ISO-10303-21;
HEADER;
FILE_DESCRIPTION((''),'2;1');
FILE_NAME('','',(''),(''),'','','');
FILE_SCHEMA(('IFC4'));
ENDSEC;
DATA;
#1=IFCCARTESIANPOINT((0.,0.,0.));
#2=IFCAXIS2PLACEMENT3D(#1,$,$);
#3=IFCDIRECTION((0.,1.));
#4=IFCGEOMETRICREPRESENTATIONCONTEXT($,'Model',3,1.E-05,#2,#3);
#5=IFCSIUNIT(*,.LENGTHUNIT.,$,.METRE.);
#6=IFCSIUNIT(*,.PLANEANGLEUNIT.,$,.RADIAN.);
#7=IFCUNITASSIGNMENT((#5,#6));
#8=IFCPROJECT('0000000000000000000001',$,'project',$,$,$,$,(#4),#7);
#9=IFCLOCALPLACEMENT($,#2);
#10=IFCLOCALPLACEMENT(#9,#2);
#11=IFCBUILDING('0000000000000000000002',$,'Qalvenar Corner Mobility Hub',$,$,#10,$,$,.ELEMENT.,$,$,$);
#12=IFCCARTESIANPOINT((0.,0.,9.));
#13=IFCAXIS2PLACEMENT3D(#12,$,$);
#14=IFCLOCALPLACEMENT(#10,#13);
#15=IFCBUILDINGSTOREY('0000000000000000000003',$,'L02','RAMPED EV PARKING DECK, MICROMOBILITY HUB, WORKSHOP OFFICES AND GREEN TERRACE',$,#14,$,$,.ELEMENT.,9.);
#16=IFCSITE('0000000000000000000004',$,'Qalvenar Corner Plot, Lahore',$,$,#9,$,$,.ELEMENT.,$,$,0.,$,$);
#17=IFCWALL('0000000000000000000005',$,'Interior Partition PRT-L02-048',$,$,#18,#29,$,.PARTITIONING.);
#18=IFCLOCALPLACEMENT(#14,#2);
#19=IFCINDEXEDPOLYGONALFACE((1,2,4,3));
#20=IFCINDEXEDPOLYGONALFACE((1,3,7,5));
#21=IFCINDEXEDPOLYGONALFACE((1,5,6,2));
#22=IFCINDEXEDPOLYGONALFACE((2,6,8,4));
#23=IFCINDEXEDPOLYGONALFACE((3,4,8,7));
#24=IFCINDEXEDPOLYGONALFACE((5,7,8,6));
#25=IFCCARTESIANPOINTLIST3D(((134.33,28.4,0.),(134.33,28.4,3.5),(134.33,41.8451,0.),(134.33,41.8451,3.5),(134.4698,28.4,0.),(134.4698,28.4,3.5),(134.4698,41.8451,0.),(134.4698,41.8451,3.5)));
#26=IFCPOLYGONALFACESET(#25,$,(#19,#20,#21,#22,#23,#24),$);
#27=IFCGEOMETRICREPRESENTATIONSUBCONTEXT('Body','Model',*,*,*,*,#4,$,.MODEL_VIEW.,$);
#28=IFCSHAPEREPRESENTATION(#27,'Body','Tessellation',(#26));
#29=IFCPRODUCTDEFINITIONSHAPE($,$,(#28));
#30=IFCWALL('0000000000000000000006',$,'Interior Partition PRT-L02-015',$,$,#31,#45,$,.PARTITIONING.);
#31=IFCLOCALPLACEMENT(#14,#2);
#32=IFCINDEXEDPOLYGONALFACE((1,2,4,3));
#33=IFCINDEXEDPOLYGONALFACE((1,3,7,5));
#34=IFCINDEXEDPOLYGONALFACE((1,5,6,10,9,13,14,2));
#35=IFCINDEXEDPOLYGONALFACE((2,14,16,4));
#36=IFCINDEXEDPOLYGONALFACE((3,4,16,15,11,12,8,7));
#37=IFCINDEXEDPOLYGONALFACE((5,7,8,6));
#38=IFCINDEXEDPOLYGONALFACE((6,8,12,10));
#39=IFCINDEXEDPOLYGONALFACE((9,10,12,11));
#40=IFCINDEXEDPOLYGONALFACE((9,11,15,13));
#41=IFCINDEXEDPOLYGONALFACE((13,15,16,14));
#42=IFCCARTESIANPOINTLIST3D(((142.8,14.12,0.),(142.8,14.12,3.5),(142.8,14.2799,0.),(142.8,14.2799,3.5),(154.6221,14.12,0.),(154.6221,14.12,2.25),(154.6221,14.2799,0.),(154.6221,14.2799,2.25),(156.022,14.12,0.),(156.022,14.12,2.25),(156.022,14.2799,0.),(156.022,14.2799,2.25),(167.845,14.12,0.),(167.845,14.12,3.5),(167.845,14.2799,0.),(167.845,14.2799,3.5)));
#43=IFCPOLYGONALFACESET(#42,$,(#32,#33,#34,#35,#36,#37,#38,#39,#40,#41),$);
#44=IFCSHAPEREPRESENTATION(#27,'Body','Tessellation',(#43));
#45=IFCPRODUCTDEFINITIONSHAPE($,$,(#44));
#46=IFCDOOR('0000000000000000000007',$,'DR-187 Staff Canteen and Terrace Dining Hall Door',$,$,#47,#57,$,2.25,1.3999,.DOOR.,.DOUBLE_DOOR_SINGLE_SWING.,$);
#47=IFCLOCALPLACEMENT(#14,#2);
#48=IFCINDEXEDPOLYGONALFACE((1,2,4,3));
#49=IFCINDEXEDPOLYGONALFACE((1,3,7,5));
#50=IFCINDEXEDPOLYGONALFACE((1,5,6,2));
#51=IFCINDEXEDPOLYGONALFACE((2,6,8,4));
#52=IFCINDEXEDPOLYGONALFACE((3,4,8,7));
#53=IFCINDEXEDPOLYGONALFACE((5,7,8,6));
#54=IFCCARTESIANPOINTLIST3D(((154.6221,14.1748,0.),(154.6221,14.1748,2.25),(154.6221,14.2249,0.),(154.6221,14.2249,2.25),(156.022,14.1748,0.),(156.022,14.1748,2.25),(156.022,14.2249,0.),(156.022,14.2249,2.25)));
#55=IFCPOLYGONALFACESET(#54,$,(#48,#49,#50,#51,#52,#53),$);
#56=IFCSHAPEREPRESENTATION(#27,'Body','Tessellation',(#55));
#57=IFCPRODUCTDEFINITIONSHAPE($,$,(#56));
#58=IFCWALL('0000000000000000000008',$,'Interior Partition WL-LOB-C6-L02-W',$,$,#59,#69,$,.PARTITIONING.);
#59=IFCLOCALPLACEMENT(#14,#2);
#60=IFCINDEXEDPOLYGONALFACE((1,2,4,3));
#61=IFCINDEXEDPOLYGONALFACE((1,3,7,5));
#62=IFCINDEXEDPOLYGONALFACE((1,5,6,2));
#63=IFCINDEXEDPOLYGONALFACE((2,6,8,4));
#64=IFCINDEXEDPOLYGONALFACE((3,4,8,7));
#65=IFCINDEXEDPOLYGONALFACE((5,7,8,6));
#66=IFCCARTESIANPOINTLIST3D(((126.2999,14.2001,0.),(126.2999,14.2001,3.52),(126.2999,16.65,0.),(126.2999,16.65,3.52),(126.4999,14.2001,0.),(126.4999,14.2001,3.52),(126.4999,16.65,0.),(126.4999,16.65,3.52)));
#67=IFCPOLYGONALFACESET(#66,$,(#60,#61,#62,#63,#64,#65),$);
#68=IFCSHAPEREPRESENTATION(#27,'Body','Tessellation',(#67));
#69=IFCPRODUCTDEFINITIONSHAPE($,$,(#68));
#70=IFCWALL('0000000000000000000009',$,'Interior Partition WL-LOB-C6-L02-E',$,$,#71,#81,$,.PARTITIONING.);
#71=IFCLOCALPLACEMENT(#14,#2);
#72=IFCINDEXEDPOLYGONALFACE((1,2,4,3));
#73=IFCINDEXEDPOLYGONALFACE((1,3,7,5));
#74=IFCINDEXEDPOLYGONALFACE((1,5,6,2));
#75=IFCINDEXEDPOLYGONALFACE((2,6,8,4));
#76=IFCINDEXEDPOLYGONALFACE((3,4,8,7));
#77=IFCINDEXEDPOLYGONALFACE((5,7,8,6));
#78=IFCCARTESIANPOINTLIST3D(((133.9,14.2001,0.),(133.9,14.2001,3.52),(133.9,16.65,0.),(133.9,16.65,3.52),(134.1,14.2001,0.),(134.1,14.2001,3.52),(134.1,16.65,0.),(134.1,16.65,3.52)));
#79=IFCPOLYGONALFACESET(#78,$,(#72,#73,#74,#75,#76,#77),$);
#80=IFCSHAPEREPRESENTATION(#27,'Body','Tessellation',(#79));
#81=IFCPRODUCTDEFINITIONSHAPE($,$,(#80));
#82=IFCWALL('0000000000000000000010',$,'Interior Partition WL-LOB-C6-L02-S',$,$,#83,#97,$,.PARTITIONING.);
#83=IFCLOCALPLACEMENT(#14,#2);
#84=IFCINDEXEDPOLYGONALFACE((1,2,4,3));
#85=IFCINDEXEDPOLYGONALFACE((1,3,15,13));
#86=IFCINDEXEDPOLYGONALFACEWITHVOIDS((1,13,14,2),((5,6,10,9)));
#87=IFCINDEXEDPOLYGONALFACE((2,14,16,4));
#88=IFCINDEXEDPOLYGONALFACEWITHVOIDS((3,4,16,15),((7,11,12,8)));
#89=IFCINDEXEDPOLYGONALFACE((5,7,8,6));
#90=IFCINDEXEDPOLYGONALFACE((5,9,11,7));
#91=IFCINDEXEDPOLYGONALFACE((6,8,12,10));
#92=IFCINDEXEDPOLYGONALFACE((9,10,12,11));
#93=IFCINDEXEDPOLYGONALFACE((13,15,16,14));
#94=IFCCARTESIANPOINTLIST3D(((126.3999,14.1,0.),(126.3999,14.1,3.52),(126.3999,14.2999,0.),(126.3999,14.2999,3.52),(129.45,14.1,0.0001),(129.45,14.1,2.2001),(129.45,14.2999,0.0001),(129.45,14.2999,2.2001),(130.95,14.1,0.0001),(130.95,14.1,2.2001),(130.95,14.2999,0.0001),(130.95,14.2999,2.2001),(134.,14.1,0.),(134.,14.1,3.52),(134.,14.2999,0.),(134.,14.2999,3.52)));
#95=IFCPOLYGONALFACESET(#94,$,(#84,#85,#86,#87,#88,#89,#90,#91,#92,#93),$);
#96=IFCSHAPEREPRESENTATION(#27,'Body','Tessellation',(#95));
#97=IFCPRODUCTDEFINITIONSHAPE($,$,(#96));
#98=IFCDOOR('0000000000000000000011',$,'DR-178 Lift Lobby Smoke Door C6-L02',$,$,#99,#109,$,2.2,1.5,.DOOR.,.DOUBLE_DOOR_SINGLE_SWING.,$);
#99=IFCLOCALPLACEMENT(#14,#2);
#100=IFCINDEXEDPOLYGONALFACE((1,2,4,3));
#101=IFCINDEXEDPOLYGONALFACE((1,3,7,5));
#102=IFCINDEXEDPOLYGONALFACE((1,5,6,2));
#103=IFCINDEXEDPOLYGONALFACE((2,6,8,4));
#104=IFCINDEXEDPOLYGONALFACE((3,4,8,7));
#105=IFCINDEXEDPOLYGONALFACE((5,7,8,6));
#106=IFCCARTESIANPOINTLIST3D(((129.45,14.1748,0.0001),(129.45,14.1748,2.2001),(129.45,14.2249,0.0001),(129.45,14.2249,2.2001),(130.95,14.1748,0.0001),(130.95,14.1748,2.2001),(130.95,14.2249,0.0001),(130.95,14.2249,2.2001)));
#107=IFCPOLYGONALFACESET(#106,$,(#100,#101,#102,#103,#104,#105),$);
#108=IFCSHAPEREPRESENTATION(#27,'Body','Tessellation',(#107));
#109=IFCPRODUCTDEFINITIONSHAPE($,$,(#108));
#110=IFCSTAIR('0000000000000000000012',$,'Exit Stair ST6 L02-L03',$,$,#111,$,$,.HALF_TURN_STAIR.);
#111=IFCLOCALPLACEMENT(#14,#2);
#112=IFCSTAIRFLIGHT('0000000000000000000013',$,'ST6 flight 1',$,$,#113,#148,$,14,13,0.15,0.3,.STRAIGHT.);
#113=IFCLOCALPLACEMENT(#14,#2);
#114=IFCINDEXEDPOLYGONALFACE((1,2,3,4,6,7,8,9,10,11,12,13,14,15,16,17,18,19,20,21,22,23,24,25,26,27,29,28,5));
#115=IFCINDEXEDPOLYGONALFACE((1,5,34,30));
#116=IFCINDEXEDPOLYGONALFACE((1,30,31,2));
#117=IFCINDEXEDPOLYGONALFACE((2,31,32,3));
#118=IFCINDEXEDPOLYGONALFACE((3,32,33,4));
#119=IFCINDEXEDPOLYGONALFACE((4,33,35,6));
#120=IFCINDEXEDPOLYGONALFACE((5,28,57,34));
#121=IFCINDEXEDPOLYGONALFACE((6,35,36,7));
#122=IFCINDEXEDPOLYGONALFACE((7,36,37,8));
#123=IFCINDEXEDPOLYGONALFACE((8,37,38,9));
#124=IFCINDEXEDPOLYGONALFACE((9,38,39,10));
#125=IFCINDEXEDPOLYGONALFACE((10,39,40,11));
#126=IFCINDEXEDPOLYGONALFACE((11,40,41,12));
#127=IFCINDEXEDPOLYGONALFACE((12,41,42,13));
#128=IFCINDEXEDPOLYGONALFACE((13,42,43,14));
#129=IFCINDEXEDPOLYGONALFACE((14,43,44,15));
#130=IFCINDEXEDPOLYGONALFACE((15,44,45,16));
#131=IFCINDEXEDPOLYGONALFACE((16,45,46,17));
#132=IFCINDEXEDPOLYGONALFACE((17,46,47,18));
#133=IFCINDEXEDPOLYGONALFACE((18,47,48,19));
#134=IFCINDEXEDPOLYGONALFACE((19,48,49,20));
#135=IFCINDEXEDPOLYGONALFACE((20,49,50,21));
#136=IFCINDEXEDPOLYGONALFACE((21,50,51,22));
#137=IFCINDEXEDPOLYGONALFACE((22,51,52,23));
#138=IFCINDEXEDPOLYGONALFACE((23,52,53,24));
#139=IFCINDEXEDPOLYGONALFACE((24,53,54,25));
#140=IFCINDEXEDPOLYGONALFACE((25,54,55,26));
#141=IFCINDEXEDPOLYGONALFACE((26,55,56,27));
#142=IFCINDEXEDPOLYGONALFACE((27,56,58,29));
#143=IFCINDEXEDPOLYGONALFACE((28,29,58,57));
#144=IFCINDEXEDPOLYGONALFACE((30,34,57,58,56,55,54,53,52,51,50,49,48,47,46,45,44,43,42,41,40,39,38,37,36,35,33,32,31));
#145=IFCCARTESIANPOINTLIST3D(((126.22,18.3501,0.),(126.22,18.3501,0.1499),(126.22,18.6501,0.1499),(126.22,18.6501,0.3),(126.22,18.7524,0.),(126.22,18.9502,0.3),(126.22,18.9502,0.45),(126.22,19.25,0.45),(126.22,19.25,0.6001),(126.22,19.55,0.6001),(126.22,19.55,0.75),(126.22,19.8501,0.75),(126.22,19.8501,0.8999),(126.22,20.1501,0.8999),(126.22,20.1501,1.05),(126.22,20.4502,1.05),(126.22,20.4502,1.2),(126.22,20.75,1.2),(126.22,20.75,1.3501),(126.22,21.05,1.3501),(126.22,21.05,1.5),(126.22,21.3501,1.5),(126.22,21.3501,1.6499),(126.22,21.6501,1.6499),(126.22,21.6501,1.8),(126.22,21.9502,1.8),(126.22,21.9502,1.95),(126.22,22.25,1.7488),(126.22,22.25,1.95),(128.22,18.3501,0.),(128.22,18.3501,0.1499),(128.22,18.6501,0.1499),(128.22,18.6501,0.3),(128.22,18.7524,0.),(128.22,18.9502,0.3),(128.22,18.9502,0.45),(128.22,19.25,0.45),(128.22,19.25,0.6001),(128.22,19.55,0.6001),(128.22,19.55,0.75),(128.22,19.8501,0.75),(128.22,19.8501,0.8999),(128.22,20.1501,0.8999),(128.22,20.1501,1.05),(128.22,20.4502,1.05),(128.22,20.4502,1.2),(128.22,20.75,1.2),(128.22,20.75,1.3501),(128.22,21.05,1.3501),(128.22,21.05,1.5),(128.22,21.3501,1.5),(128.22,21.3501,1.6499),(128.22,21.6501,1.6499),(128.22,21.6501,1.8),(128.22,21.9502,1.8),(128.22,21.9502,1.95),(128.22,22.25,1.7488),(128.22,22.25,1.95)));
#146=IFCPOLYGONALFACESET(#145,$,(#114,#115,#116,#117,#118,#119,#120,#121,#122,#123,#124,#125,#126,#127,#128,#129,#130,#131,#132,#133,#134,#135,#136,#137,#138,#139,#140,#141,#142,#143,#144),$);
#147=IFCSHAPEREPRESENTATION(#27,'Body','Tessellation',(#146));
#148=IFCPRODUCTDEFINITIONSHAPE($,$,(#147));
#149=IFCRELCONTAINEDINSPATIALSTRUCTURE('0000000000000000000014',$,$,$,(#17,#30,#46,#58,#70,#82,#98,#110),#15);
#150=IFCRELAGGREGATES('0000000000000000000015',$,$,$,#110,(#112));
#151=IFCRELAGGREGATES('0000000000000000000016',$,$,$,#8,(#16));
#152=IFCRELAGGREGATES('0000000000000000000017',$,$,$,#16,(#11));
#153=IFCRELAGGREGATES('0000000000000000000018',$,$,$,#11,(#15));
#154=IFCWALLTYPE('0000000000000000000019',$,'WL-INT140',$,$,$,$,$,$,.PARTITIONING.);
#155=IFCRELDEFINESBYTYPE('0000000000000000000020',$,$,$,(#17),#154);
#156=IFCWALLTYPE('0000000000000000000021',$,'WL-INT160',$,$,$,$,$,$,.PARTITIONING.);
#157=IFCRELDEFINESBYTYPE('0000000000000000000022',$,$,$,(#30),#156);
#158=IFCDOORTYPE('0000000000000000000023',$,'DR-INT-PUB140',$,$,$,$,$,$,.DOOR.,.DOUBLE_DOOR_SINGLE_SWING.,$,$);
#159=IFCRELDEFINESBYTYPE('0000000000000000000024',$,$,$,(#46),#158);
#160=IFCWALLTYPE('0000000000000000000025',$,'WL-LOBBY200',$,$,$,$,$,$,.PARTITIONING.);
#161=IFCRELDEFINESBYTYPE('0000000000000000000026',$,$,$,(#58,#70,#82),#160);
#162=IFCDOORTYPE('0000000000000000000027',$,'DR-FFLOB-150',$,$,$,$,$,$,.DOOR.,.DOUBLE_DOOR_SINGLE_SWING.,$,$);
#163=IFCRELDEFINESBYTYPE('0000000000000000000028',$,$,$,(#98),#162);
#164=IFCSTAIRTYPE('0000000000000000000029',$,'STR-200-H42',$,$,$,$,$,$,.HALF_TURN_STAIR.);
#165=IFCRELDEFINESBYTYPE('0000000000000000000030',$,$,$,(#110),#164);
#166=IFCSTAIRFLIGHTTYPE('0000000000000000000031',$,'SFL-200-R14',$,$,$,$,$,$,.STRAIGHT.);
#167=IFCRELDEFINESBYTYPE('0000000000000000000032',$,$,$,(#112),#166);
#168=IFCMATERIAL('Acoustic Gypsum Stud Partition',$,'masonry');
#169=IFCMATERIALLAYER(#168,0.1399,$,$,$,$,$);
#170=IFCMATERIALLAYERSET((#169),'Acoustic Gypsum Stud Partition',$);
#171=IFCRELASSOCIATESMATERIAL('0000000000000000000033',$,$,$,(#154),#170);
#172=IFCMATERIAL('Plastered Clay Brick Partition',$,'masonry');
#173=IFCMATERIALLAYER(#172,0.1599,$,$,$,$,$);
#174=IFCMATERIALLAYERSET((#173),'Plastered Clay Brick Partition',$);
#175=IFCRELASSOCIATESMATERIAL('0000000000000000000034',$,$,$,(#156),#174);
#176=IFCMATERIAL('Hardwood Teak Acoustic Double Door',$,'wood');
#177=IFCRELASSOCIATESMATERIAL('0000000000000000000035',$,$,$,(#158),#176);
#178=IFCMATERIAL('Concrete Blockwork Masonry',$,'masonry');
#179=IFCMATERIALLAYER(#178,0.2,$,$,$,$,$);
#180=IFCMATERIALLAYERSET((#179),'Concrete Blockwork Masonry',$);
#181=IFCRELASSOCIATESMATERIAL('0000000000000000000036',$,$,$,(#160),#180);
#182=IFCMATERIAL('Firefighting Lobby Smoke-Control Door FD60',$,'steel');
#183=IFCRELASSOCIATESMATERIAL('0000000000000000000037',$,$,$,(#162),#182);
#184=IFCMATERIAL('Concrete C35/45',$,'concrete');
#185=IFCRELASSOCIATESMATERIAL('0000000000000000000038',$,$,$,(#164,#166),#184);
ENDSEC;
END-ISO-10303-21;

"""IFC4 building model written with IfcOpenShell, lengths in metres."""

from ifc_helpers import new_model, si_unit, direction, frame, frame_2d, origin, place, context, subcontext, project, spatial, polyline, rectangle, outline, extrude, material, layer, layer_set, type_object, element, fill, aggregate, save


model = new_model("IFC4")

# Units and contexts
model_context = context("Model", 3, precision=1e-05, world=origin(), true_north=direction((0.0, 1.0)))
body_context = subcontext(model_context, "Body", "Model", "MODEL_VIEW")
ifc_project = project(units=[si_unit("LENGTHUNIT", "METRE"), si_unit("PLANEANGLEUNIT", "RADIAN")], contexts=[model_context])

# Site, building, storey
site_placement = place(None, origin())
site = spatial("IfcSite", under=ifc_project, at=site_placement, Name="Qalvenar Corner Plot, Lahore", CompositionType="ELEMENT", RefElevation=0.0)
building_placement = place(site_placement, origin())
building = spatial("IfcBuilding", under=site, at=building_placement, Name="Qalvenar Corner Mobility Hub", CompositionType="ELEMENT")
storey_placement = place(building_placement, frame((0.0, 0.0, 9.0)))
storey = spatial("IfcBuildingStorey", under=building, at=storey_placement, Name="L02", Description="RAMPED EV PARKING DECK, MICROMOBILITY HUB, WORKSHOP OFFICES AND GREEN TERRACE", CompositionType="ELEMENT", Elevation=9.0)

# Wall
ifc_material_1 = material(Name="Acoustic Gypsum Stud Partition", Category="masonry")
ifc_layer_1 = layer(ifc_material_1, 0.1399)
ifc_layer_set_1 = layer_set([ifc_layer_1], Name="Acoustic Gypsum Stud Partition")
wall_type_1 = type_object("IfcWallType", Name="WL-INT140", PredefinedType="PARTITIONING", material=ifc_layer_set_1)
wall_1_placement = place(storey_placement, frame((134.3999, 28.3999, 0.0), z_axis=(0.0, 0.0, 1.0), x_axis=(0.0, 1.0, 0.0)))
element("IfcWall", 1, at=wall_1_placement, inside=storey, type_object=wall_type_1, Name="Interior Partition PRT-L02-048", PredefinedType="PARTITIONING", context=body_context, shape_type="SweptSolid", body=[
    extrude(rectangle(XDim=13.4451, YDim=0.1399, at=frame_2d((6.7227, 0.0))), origin(), (0.0, 0.0, 1.0), 3.5),
])

# Wall, opening, door
ifc_material_2 = material(Name="Plastered Clay Brick Partition", Category="masonry")
ifc_layer_2 = layer(ifc_material_2, 0.1599)
ifc_layer_set_2 = layer_set([ifc_layer_2], Name="Plastered Clay Brick Partition")
wall_type_2 = type_object("IfcWallType", Name="WL-INT160", PredefinedType="PARTITIONING", material=ifc_layer_set_2)
wall_2_placement = place(storey_placement, frame((142.8, 14.2, 0.0), z_axis=(0.0, 0.0, 1.0), x_axis=(1.0, 0.0, 0.0)))
wall_2 = element("IfcWall", 2, at=wall_2_placement, inside=storey, type_object=wall_type_2, Name="Interior Partition PRT-L02-015", PredefinedType="PARTITIONING", context=body_context, shape_type="SweptSolid", body=[
    extrude(rectangle(XDim=25.0449, YDim=0.1599, at=frame_2d((12.5225, 0.0))), origin(), (0.0, 0.0, 1.0), 3.5),
])
opening_1_placement = place(wall_2_placement, frame((11.822, 0.0, 0.0)))
opening_1 = element("IfcOpeningElement", 3, at=opening_1_placement, cuts=wall_2, PredefinedType="OPENING", context=body_context, shape_type="SweptSolid", body=[
    extrude(rectangle(XDim=1.3999, YDim=2.25, at=frame_2d((0.7, 1.125))), frame((0.0, 0.0898, 0.0), z_axis=(0.0, -1.0, 0.0), x_axis=(1.0, 0.0, 0.0)), (0.0, 0.0, 1.0), 0.1799),
])
ifc_material_3 = material(Name="Hardwood Teak Acoustic Double Door", Category="wood")
door_type_1 = type_object("IfcDoorType", Name="DR-INT-PUB140", OperationType="DOUBLE_DOOR_SINGLE_SWING", PredefinedType="DOOR", material=ifc_material_3)
door_1_placement = place(opening_1_placement, origin())
door_1 = element("IfcDoor", 4, at=door_1_placement, inside=storey, type_object=door_type_1, Name="DR-187 Staff Canteen and Terrace Dining Hall Door", OperationType="DOUBLE_DOOR_SINGLE_SWING", OverallHeight=2.25, OverallWidth=1.3999, PredefinedType="DOOR", context=body_context, shape_type="SweptSolid", body=[
    extrude(rectangle(XDim=1.3999, YDim=2.25, at=frame_2d((0.7, 1.125))), frame((0.0, 0.0249, 0.0), z_axis=(0.0, -1.0, 0.0), x_axis=(1.0, 0.0, 0.0)), (0.0, 0.0, 1.0), 0.05),
])
fill(opening_1, door_1)

# Walls
ifc_material_4 = material(Name="Concrete Blockwork Masonry", Category="masonry")
ifc_layer_3 = layer(ifc_material_4, 0.2)
ifc_layer_set_3 = layer_set([ifc_layer_3], Name="Concrete Blockwork Masonry")
wall_type_3 = type_object("IfcWallType", Name="WL-LOBBY200", PredefinedType="PARTITIONING", material=ifc_layer_set_3)
for number, where, z_axis, x_axis, name in (
    (5, (126.3999, 14.2, 0.0), (0.0, 0.0, 1.0), (0.0, 1.0, 0.0), "Interior Partition WL-LOB-C6-L02-W"),
    (6, (134.0, 14.2, 0.0), (0.0, 0.0, 1.0), (0.0, 1.0, 0.0), "Interior Partition WL-LOB-C6-L02-E"),
):
    element("IfcWall", number, at=place(storey_placement, frame(where, z_axis=z_axis, x_axis=x_axis)), inside=storey, type_object=wall_type_3, Name=name, PredefinedType="PARTITIONING", context=body_context, shape_type="SweptSolid", body=[
        extrude(rectangle(XDim=2.45, YDim=0.2, at=frame_2d((1.2251, 0.0))), origin(), (0.0, 0.0, 1.0), 3.52),
    ])

# Wall, opening, door
wall_3_placement = place(storey_placement, frame((126.3999, 14.2, 0.0), z_axis=(0.0, 0.0, 1.0), x_axis=(1.0, 0.0, 0.0)))
wall_3 = element("IfcWall", 7, at=wall_3_placement, inside=storey, type_object=wall_type_3, Name="Interior Partition WL-LOB-C6-L02-S", PredefinedType="PARTITIONING", context=body_context, shape_type="SweptSolid", body=[
    extrude(rectangle(XDim=7.6001, YDim=0.2, at=frame_2d((3.8, 0.0))), origin(), (0.0, 0.0, 1.0), 3.52),
])
opening_2_placement = place(wall_3_placement, frame((3.05, 0.0, 0.0)))
opening_2 = element("IfcOpeningElement", 8, at=opening_2_placement, cuts=wall_3, PredefinedType="OPENING", context=body_context, shape_type="SweptSolid", body=[
    extrude(rectangle(XDim=1.5, YDim=2.2, at=frame_2d((0.75, 1.1001))), frame((0.0, 0.1099, 0.0), z_axis=(0.0, -1.0, 0.0), x_axis=(1.0, 0.0, 0.0)), (0.0, 0.0, 1.0), 0.22),
])
ifc_material_5 = material(Name="Firefighting Lobby Smoke-Control Door FD60", Category="steel")
door_type_2 = type_object("IfcDoorType", Name="DR-FFLOB-150", OperationType="DOUBLE_DOOR_SINGLE_SWING", PredefinedType="DOOR", material=ifc_material_5)
door_2_placement = place(opening_2_placement, origin())
door_2 = element("IfcDoor", 9, at=door_2_placement, inside=storey, type_object=door_type_2, Name="DR-178 Lift Lobby Smoke Door C6-L02", OperationType="DOUBLE_DOOR_SINGLE_SWING", OverallHeight=2.2, OverallWidth=1.5, PredefinedType="DOOR", context=body_context, shape_type="SweptSolid", body=[
    extrude(rectangle(XDim=1.5, YDim=2.2, at=frame_2d((0.75, 1.1001))), frame((0.0, 0.0249, 0.0), z_axis=(0.0, -1.0, 0.0), x_axis=(1.0, 0.0, 0.0)), (0.0, 0.0, 1.0), 0.05),
])
fill(opening_2, door_2)

# Stair, stair flight
ifc_material_6 = material(Name="Concrete C35/45", Category="concrete")
stair_type = type_object("IfcStairType", Name="STR-200-H42", PredefinedType="HALF_TURN_STAIR", material=ifc_material_6)
stair_placement = place(storey_placement, origin())
stair = element("IfcStair", 10, at=stair_placement, inside=storey, type_object=stair_type, Name="Exit Stair ST6 L02-L03", PredefinedType="HALF_TURN_STAIR")
stair_flight_type = type_object("IfcStairFlightType", Name="SFL-200-R14", PredefinedType="STRAIGHT", material=ifc_material_6)
stair_flight_1_placement = place(storey_placement, frame((127.22, 18.3501, 0.0), z_axis=(0.0, 0.0, 1.0), x_axis=(0.0, 1.0, 0.0)))
stair_flight_1 = element("IfcStairFlight", 11, at=stair_flight_1_placement, type_object=stair_flight_type, Name="ST6 flight 1", NumberOfRisers=14, NumberOfTreads=13, PredefinedType="STRAIGHT", RiserHeight=0.15, TreadLength=0.3, context=body_context, shape_type="SweptSolid", body=[
    extrude(outline(polyline([(0.0, 0.0), (0.0, 0.1499), (0.3, 0.1499), (0.3, 0.3), (0.6001, 0.3), (0.6001, 0.45), (0.8999, 0.45), (0.8999, 0.6001), (1.2, 0.6001), (1.2, 0.75), (1.5, 0.75), (1.5, 0.8999), (1.8, 0.8999), (1.8, 1.05), (2.1001, 1.05), (2.1001, 1.2), (2.3999, 1.2), (2.3999, 1.3501), (2.7, 1.3501), (2.7, 1.5), (3.0, 1.5), (3.0, 1.6499), (3.3, 1.6499), (3.3, 1.8), (3.6001, 1.8), (3.6001, 1.95), (3.8999, 1.95), (3.8999, 2.1001), (3.8999, 1.7488), (0.4023, 0.0), (0.0, 0.0)])), frame((0.0, 1.0, 0.0), z_axis=(0.0, -1.0, 0.0), x_axis=(1.0, 0.0, 0.0)), (0.0, 0.0, 1.0), 2.0),
])
aggregate(stair, [stair_flight_1])

save(model, "model.ifc")
